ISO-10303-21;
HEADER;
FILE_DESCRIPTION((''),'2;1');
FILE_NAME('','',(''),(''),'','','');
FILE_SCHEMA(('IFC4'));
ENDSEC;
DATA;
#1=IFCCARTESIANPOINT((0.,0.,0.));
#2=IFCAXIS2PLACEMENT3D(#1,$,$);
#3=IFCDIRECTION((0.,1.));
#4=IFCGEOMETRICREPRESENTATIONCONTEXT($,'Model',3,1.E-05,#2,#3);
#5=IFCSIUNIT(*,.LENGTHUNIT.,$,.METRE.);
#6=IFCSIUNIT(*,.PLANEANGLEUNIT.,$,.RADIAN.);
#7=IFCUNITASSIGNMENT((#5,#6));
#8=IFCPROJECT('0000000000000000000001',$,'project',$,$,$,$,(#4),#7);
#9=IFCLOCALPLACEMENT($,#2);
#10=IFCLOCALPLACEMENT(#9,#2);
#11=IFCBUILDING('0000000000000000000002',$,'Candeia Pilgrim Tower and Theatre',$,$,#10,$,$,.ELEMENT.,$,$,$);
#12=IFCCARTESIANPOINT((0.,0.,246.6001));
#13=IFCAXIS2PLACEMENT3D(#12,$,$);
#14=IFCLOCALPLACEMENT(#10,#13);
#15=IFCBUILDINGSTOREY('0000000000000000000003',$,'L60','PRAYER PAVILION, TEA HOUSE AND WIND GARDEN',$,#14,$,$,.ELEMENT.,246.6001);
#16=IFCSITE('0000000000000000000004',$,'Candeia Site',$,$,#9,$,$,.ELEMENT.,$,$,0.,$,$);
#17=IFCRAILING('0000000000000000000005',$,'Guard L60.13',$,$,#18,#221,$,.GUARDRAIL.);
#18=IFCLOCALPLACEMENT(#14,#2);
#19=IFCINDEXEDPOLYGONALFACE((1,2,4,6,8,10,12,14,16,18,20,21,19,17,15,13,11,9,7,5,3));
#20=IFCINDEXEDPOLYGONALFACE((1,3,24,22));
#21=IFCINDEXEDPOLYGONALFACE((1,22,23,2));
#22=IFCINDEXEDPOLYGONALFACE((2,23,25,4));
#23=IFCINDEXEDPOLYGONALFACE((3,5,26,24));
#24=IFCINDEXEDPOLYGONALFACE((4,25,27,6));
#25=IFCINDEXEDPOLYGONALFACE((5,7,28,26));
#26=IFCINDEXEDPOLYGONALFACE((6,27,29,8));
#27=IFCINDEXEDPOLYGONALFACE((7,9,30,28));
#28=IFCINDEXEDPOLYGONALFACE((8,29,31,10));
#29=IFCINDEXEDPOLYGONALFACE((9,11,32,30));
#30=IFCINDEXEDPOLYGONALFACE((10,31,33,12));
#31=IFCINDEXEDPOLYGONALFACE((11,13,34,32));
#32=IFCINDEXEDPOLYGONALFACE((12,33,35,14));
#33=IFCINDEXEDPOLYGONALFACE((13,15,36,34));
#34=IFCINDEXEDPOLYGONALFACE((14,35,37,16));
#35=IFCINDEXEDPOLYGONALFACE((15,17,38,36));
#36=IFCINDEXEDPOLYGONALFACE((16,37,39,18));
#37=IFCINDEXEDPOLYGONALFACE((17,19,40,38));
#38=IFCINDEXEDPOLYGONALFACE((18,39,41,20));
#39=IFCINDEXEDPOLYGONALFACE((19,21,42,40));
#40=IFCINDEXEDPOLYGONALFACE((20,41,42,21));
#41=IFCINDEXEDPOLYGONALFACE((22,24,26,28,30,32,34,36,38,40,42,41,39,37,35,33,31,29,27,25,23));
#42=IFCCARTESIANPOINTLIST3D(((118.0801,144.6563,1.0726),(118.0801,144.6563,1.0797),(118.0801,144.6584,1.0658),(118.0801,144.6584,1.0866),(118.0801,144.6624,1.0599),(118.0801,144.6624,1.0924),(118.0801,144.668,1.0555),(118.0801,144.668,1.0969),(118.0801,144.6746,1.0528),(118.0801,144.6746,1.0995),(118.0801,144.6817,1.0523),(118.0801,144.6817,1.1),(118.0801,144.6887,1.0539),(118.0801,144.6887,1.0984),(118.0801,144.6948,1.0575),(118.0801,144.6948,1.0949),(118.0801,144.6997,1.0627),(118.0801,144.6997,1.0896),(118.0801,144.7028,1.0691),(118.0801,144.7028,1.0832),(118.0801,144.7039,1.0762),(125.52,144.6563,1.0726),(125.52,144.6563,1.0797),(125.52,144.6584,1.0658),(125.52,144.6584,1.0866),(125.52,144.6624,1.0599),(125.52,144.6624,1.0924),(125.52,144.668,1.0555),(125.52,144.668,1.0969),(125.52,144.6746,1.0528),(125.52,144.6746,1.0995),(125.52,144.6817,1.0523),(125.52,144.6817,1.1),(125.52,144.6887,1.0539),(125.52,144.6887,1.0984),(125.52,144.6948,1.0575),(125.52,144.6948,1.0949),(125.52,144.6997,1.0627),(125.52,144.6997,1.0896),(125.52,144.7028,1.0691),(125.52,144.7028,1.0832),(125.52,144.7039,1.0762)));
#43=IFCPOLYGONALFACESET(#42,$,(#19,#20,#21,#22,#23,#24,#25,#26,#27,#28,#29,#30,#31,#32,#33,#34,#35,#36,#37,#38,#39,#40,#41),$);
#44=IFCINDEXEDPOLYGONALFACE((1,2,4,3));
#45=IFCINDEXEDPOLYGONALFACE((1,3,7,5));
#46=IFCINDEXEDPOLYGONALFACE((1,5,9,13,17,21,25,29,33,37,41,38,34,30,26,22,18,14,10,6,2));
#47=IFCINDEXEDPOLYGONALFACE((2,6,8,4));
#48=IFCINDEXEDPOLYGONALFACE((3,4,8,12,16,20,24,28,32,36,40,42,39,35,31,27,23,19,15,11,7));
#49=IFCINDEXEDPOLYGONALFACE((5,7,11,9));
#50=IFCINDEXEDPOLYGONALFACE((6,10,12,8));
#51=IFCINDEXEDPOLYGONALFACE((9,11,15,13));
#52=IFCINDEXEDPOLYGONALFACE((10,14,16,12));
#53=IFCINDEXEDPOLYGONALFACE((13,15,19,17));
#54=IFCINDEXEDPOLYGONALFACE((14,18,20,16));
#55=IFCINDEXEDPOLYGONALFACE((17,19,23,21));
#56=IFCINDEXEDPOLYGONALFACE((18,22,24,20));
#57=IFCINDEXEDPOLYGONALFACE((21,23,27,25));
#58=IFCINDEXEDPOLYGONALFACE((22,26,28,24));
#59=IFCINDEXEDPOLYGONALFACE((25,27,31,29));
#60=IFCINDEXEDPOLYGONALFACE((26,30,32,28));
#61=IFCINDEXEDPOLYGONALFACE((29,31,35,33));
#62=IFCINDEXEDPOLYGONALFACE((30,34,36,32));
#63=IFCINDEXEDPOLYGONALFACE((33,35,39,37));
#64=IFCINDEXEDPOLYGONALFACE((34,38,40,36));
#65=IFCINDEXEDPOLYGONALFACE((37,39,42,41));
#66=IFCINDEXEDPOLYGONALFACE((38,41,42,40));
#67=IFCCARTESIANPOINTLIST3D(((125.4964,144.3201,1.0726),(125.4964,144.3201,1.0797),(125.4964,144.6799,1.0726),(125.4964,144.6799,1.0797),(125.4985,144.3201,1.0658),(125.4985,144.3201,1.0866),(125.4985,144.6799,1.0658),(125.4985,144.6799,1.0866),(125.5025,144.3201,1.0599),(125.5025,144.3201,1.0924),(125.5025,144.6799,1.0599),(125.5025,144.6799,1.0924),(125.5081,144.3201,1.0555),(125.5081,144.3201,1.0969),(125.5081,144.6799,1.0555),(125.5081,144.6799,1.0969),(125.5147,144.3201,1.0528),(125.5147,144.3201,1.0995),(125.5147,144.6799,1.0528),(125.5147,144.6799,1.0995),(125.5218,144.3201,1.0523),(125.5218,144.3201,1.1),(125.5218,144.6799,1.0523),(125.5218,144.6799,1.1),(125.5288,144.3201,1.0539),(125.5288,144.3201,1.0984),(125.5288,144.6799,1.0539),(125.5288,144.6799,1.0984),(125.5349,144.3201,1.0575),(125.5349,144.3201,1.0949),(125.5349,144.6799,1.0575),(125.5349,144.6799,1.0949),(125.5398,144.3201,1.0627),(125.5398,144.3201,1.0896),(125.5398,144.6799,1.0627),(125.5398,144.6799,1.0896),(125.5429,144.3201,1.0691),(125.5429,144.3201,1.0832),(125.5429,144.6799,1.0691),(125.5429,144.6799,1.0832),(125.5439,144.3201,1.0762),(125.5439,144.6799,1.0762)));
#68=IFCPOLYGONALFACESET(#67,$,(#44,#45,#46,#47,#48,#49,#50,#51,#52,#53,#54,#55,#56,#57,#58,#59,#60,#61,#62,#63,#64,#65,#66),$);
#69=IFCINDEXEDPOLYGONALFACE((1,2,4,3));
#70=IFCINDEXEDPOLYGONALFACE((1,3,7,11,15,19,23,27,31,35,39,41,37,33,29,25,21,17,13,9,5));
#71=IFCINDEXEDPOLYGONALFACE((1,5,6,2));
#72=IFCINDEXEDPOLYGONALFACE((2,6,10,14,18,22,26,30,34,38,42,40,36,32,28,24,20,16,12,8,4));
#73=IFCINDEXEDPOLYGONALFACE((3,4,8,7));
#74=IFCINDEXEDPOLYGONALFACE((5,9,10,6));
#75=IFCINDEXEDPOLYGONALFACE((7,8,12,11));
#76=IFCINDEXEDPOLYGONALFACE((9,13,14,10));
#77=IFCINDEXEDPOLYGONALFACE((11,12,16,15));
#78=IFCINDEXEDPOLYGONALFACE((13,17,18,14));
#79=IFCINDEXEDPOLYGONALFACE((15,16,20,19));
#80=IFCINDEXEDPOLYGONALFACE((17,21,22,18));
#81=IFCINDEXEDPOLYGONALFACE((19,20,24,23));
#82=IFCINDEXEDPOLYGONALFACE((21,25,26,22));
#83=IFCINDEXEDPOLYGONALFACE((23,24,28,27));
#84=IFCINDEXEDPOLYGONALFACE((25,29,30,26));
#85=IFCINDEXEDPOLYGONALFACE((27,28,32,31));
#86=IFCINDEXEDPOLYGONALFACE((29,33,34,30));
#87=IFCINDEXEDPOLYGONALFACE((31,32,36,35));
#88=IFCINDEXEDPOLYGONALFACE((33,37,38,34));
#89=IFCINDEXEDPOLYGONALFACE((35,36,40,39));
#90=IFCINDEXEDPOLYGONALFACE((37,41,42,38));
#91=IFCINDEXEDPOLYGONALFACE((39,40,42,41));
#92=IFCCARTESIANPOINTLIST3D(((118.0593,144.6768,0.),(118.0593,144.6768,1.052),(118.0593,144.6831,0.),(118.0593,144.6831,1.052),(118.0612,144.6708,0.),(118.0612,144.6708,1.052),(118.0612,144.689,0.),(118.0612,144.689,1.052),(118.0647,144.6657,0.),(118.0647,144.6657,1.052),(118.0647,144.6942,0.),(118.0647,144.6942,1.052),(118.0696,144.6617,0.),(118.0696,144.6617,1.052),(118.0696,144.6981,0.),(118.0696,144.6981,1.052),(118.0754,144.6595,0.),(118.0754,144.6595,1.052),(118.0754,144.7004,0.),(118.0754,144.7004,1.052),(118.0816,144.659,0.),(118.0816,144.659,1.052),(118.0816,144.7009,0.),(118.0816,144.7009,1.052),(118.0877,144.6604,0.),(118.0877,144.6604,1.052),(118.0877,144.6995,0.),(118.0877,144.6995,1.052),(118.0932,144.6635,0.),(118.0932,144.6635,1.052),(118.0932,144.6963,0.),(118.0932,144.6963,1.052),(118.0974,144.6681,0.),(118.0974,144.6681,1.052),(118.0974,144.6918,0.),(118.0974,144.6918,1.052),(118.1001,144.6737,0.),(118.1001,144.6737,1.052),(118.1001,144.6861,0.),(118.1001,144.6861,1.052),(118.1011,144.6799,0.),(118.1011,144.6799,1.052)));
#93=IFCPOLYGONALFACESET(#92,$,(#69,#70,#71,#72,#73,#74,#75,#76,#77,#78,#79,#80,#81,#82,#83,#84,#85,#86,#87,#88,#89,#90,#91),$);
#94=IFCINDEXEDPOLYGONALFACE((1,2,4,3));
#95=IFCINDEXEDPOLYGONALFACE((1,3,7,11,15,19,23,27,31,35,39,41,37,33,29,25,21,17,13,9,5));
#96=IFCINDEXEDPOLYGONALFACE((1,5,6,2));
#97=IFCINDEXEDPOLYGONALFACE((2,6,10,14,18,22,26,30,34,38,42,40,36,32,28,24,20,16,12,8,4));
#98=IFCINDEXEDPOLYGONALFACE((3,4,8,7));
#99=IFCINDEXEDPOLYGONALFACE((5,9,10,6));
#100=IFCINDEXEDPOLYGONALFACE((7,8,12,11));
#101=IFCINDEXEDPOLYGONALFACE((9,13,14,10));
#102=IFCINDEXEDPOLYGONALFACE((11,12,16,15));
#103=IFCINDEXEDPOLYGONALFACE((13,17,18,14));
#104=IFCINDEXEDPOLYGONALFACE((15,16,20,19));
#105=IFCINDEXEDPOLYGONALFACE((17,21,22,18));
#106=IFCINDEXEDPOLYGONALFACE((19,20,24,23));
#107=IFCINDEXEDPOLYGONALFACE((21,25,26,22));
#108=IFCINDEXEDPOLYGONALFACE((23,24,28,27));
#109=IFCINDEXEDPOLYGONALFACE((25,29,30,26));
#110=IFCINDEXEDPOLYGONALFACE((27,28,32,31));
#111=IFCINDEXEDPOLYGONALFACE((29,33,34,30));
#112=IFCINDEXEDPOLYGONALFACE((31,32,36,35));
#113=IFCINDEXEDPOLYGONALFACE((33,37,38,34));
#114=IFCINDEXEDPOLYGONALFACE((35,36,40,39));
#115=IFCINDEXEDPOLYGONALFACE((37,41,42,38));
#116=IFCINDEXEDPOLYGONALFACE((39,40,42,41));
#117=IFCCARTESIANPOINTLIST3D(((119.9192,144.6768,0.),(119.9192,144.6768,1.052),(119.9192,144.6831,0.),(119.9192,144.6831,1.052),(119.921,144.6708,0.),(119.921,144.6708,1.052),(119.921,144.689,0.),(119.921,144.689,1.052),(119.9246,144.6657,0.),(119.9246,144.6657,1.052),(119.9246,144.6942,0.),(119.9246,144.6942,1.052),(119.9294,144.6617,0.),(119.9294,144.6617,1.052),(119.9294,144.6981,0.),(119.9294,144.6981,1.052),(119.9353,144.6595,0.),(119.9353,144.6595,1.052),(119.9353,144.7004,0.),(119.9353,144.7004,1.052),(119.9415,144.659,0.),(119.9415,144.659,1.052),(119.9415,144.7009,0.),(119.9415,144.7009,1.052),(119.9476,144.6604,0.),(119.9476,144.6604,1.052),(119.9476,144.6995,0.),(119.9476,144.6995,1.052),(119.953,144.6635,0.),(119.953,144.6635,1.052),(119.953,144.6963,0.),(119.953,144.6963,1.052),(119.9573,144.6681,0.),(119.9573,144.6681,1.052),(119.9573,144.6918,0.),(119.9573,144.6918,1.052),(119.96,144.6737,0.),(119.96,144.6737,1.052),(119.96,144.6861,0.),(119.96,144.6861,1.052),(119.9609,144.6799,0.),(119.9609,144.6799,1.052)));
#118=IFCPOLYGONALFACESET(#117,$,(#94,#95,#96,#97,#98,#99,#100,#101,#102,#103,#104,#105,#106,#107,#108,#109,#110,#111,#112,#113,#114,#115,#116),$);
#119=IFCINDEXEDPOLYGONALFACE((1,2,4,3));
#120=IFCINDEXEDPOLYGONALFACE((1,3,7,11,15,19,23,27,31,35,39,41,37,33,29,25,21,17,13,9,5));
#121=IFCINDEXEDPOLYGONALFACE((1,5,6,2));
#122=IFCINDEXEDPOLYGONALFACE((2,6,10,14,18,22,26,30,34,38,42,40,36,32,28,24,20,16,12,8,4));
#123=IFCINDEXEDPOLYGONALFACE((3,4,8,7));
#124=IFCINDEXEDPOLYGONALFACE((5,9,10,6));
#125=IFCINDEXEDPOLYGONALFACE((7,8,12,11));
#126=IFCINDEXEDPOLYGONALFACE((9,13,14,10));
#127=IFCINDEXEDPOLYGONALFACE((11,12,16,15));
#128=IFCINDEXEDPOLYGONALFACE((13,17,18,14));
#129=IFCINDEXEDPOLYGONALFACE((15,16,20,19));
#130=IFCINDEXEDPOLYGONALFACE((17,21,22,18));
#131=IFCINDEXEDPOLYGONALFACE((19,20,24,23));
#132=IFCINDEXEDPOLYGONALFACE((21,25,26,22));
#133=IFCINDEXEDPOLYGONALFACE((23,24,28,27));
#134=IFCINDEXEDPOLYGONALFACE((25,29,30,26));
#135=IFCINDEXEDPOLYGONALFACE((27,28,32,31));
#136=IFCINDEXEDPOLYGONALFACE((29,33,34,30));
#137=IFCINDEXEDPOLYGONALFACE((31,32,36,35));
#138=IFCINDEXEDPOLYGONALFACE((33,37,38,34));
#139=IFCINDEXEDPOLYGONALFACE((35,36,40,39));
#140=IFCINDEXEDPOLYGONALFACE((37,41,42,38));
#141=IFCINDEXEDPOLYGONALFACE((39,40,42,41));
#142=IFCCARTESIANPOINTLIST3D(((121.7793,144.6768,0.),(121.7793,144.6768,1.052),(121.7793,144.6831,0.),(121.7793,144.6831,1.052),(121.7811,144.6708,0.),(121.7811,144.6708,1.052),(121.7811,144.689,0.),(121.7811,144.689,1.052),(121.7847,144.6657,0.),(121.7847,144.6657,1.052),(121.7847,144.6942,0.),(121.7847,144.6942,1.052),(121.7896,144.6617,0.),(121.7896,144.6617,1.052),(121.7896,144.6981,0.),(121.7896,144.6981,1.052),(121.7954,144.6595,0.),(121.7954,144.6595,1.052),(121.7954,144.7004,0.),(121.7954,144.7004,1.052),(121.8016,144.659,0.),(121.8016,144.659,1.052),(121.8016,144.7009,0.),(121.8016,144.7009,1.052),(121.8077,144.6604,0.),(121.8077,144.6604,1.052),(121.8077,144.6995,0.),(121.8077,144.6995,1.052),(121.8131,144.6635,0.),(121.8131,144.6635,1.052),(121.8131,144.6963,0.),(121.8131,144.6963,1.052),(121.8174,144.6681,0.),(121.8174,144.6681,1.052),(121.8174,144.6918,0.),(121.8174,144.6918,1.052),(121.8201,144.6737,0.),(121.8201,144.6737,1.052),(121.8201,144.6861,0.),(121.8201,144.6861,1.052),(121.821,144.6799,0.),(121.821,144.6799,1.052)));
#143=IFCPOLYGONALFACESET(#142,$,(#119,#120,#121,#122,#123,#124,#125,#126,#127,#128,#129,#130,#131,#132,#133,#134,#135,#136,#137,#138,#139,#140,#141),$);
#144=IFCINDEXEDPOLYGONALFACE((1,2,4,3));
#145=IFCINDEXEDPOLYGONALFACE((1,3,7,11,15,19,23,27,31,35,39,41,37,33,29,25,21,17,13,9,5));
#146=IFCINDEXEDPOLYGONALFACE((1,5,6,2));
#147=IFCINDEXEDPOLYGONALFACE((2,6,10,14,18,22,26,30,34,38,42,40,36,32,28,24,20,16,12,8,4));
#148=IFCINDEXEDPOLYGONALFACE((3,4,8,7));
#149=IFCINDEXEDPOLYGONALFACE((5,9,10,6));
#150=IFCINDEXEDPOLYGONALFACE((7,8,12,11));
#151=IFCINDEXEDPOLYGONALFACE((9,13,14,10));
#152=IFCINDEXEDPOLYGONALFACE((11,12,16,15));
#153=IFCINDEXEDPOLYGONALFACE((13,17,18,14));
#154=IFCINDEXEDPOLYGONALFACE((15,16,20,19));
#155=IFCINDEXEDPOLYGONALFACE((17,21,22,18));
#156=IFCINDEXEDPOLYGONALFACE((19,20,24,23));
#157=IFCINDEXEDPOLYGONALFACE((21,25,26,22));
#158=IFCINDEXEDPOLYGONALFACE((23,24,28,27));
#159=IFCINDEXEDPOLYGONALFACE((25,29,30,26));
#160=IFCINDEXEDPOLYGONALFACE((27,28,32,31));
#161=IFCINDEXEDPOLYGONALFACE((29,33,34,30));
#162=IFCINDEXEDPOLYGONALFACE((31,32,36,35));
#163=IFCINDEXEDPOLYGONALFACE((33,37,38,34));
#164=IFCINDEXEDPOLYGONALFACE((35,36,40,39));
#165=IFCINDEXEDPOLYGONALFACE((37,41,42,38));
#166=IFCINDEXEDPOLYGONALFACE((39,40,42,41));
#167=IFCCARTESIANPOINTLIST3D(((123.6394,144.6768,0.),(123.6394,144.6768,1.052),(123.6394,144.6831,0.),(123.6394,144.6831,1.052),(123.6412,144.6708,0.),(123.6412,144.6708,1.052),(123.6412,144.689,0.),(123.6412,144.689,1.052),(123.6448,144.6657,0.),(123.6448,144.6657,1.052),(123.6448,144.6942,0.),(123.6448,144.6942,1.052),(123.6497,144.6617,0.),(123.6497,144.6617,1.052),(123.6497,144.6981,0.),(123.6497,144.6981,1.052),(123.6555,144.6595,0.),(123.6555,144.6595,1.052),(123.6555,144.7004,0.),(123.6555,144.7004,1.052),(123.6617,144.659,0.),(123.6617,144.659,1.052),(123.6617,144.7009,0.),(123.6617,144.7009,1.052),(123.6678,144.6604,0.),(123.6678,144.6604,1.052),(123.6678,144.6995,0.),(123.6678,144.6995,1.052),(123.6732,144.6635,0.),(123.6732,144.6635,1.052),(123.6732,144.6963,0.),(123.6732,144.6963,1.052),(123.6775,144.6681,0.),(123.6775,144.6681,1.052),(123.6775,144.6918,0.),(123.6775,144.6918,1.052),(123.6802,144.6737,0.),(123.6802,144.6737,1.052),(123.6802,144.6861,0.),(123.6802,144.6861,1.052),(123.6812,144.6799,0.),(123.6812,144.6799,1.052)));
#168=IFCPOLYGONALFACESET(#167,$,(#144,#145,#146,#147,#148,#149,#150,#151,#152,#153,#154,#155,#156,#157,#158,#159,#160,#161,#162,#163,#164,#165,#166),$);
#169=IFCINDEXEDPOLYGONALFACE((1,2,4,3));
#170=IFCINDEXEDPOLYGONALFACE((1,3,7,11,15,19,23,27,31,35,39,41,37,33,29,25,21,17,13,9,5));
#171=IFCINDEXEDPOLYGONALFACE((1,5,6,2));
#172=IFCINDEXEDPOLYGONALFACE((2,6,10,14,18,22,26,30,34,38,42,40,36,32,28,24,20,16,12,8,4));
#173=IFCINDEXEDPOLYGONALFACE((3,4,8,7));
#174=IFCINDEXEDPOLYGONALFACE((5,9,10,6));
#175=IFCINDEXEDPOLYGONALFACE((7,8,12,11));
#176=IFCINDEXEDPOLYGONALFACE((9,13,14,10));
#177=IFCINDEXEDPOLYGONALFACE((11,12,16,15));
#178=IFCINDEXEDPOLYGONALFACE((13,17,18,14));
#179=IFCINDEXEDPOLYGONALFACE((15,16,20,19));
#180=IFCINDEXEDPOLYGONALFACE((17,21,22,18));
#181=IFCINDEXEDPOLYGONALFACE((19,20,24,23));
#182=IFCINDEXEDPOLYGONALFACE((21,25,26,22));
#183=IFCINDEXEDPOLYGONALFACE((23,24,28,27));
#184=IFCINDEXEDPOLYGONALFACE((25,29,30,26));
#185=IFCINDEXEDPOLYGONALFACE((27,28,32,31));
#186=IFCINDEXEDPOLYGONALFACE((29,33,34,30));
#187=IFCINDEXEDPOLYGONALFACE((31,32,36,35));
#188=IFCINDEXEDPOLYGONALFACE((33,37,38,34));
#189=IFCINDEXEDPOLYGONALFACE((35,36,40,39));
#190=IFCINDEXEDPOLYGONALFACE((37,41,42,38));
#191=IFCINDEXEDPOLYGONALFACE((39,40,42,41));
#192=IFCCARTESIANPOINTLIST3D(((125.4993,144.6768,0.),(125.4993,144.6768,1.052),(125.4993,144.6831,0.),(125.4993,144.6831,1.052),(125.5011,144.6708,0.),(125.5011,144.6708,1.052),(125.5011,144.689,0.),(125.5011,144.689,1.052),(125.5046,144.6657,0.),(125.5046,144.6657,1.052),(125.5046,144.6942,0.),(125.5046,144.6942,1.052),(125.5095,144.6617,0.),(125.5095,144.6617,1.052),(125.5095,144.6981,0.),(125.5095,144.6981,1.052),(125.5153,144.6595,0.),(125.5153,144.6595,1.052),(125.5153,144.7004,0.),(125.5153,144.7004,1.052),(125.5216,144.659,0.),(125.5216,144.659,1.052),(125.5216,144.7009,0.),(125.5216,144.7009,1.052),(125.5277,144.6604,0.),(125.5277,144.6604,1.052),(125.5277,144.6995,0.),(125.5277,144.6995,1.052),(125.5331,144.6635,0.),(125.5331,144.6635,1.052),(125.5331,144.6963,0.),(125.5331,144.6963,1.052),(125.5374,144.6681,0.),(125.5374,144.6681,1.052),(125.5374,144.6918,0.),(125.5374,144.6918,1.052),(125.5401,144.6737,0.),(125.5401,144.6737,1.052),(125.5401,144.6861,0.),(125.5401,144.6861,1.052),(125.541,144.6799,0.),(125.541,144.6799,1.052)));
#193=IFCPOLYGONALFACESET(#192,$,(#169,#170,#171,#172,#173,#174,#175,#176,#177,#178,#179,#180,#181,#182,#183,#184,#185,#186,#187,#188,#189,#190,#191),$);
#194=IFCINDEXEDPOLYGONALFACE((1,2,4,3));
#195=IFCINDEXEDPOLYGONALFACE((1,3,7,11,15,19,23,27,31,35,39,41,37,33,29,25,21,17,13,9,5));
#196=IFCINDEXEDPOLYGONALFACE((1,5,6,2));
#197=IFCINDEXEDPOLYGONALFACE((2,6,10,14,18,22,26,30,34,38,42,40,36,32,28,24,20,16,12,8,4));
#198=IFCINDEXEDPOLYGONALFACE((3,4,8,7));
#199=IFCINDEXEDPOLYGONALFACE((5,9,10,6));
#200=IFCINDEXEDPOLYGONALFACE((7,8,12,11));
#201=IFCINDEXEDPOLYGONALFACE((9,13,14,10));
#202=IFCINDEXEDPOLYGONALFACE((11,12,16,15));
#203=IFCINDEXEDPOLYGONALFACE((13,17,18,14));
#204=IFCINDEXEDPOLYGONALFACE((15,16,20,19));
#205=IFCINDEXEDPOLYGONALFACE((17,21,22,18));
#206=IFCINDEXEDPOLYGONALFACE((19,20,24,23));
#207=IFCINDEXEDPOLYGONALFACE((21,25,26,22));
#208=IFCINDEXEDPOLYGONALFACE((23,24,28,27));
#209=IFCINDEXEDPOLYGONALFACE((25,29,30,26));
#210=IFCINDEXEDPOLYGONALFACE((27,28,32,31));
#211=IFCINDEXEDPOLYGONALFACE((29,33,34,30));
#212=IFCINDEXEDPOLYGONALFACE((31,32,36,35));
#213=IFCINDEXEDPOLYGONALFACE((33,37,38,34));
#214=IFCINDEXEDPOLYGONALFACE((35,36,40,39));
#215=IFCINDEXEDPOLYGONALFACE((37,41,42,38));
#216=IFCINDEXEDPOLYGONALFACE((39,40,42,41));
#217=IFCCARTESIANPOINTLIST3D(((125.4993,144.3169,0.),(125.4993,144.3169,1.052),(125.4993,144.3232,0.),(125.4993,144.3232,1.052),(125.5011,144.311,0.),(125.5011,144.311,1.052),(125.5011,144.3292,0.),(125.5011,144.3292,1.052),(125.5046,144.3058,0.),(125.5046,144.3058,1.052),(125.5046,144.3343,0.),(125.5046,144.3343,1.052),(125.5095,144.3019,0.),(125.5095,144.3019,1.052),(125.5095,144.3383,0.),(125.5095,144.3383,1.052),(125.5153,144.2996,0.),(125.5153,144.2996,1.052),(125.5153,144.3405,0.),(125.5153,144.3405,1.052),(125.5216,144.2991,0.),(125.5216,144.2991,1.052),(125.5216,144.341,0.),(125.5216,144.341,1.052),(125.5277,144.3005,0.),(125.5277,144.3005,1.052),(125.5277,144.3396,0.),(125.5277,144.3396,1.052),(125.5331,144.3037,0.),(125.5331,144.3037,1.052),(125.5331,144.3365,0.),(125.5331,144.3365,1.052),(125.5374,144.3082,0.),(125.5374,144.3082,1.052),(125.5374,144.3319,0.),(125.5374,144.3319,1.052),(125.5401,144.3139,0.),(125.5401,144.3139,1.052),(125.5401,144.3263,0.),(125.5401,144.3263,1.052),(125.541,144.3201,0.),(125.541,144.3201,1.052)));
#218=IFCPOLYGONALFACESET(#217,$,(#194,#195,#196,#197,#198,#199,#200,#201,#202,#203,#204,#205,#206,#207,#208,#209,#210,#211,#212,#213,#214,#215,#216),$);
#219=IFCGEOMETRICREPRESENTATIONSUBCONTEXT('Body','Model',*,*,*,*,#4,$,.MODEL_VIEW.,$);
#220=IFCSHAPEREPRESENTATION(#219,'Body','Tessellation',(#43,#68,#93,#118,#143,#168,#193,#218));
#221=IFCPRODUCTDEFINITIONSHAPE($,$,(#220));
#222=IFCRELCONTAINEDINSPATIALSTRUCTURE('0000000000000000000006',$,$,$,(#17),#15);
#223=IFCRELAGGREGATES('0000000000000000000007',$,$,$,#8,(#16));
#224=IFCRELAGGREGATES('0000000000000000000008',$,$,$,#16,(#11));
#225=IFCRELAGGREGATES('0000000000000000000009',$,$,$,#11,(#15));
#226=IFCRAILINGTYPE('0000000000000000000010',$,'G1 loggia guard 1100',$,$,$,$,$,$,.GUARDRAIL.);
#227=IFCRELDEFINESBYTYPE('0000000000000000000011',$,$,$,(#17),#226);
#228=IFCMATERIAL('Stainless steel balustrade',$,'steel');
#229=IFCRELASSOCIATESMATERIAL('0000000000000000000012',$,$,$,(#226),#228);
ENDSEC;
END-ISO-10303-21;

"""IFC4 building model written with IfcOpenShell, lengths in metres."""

from ifc_helpers import new_model, si_unit, direction, frame, origin, origin_2d, place, context, subcontext, project, spatial, circle, extrude, material, type_object, element, save


model = new_model("IFC4")

# Units and contexts
model_context = context("Model", 3, precision=1e-05, world=origin(), true_north=direction((0.0, 1.0)))
body_context = subcontext(model_context, "Body", "Model", "MODEL_VIEW")
ifc_project = project(units=[si_unit("LENGTHUNIT", "METRE"), si_unit("PLANEANGLEUNIT", "RADIAN")], contexts=[model_context])

# Site, building, storey
site_placement = place(None, origin())
site = spatial("IfcSite", under=ifc_project, at=site_placement, Name="Candeia Site", CompositionType="ELEMENT", RefElevation=0.0)
building_placement = place(site_placement, origin())
building = spatial("IfcBuilding", under=site, at=building_placement, Name="Candeia Pilgrim Tower and Theatre", CompositionType="ELEMENT")
storey_placement = place(building_placement, frame((0.0, 0.0, 246.6001)))
storey = spatial("IfcBuildingStorey", under=building, at=storey_placement, Name="L60", Description="PRAYER PAVILION, TEA HOUSE AND WIND GARDEN", CompositionType="ELEMENT", Elevation=246.6001)

# Railing
ifc_material_1 = material(Name="Stainless steel balustrade", Category="steel")
railing_type = type_object("IfcRailingType", Name="G1 loggia guard 1100", PredefinedType="GUARDRAIL", material=ifc_material_1)
railing_1_placement = place(storey_placement, frame((118.0801, 144.6799, 0.0)))
element("IfcRailing", 1, at=railing_1_placement, inside=storey, type_object=railing_type, Name="Guard L60.13", PredefinedType="GUARDRAIL", context=body_context, shape_type="SweptSolid", body=[
    extrude(circle(Radius=0.0239, at=origin_2d()), frame((0.0, 0.0, 1.0762), z_axis=(1.0, 0.0, 0.0), x_axis=(0.0, 1.0, 0.0)), (0.0, 0.0, 1.0), 7.4399),
    extrude(circle(Radius=0.0239, at=origin_2d()), frame((7.4399, 0.0, 1.0762), z_axis=(0.0, -1.0, 0.0), x_axis=(1.0, 0.0, 0.0)), (0.0, 0.0, 1.0), 0.3599),
    extrude(circle(Radius=0.021, at=origin_2d()), origin(), (0.0, 0.0, 1.0), 1.052),
    extrude(circle(Radius=0.021, at=origin_2d()), frame((1.8599, 0.0, 0.0)), (0.0, 0.0, 1.0), 1.052),
    extrude(circle(Radius=0.021, at=origin_2d()), frame((3.72, 0.0, 0.0)), (0.0, 0.0, 1.0), 1.052),
    extrude(circle(Radius=0.021, at=origin_2d()), frame((5.5801, 0.0, 0.0)), (0.0, 0.0, 1.0), 1.052),
    extrude(circle(Radius=0.021, at=origin_2d()), frame((7.4399, 0.0, 0.0)), (0.0, 0.0, 1.0), 1.052),
    extrude(circle(Radius=0.021, at=origin_2d()), frame((7.4399, -0.3599, 0.0)), (0.0, 0.0, 1.0), 1.052),
])

save(model, "model.ifc")
